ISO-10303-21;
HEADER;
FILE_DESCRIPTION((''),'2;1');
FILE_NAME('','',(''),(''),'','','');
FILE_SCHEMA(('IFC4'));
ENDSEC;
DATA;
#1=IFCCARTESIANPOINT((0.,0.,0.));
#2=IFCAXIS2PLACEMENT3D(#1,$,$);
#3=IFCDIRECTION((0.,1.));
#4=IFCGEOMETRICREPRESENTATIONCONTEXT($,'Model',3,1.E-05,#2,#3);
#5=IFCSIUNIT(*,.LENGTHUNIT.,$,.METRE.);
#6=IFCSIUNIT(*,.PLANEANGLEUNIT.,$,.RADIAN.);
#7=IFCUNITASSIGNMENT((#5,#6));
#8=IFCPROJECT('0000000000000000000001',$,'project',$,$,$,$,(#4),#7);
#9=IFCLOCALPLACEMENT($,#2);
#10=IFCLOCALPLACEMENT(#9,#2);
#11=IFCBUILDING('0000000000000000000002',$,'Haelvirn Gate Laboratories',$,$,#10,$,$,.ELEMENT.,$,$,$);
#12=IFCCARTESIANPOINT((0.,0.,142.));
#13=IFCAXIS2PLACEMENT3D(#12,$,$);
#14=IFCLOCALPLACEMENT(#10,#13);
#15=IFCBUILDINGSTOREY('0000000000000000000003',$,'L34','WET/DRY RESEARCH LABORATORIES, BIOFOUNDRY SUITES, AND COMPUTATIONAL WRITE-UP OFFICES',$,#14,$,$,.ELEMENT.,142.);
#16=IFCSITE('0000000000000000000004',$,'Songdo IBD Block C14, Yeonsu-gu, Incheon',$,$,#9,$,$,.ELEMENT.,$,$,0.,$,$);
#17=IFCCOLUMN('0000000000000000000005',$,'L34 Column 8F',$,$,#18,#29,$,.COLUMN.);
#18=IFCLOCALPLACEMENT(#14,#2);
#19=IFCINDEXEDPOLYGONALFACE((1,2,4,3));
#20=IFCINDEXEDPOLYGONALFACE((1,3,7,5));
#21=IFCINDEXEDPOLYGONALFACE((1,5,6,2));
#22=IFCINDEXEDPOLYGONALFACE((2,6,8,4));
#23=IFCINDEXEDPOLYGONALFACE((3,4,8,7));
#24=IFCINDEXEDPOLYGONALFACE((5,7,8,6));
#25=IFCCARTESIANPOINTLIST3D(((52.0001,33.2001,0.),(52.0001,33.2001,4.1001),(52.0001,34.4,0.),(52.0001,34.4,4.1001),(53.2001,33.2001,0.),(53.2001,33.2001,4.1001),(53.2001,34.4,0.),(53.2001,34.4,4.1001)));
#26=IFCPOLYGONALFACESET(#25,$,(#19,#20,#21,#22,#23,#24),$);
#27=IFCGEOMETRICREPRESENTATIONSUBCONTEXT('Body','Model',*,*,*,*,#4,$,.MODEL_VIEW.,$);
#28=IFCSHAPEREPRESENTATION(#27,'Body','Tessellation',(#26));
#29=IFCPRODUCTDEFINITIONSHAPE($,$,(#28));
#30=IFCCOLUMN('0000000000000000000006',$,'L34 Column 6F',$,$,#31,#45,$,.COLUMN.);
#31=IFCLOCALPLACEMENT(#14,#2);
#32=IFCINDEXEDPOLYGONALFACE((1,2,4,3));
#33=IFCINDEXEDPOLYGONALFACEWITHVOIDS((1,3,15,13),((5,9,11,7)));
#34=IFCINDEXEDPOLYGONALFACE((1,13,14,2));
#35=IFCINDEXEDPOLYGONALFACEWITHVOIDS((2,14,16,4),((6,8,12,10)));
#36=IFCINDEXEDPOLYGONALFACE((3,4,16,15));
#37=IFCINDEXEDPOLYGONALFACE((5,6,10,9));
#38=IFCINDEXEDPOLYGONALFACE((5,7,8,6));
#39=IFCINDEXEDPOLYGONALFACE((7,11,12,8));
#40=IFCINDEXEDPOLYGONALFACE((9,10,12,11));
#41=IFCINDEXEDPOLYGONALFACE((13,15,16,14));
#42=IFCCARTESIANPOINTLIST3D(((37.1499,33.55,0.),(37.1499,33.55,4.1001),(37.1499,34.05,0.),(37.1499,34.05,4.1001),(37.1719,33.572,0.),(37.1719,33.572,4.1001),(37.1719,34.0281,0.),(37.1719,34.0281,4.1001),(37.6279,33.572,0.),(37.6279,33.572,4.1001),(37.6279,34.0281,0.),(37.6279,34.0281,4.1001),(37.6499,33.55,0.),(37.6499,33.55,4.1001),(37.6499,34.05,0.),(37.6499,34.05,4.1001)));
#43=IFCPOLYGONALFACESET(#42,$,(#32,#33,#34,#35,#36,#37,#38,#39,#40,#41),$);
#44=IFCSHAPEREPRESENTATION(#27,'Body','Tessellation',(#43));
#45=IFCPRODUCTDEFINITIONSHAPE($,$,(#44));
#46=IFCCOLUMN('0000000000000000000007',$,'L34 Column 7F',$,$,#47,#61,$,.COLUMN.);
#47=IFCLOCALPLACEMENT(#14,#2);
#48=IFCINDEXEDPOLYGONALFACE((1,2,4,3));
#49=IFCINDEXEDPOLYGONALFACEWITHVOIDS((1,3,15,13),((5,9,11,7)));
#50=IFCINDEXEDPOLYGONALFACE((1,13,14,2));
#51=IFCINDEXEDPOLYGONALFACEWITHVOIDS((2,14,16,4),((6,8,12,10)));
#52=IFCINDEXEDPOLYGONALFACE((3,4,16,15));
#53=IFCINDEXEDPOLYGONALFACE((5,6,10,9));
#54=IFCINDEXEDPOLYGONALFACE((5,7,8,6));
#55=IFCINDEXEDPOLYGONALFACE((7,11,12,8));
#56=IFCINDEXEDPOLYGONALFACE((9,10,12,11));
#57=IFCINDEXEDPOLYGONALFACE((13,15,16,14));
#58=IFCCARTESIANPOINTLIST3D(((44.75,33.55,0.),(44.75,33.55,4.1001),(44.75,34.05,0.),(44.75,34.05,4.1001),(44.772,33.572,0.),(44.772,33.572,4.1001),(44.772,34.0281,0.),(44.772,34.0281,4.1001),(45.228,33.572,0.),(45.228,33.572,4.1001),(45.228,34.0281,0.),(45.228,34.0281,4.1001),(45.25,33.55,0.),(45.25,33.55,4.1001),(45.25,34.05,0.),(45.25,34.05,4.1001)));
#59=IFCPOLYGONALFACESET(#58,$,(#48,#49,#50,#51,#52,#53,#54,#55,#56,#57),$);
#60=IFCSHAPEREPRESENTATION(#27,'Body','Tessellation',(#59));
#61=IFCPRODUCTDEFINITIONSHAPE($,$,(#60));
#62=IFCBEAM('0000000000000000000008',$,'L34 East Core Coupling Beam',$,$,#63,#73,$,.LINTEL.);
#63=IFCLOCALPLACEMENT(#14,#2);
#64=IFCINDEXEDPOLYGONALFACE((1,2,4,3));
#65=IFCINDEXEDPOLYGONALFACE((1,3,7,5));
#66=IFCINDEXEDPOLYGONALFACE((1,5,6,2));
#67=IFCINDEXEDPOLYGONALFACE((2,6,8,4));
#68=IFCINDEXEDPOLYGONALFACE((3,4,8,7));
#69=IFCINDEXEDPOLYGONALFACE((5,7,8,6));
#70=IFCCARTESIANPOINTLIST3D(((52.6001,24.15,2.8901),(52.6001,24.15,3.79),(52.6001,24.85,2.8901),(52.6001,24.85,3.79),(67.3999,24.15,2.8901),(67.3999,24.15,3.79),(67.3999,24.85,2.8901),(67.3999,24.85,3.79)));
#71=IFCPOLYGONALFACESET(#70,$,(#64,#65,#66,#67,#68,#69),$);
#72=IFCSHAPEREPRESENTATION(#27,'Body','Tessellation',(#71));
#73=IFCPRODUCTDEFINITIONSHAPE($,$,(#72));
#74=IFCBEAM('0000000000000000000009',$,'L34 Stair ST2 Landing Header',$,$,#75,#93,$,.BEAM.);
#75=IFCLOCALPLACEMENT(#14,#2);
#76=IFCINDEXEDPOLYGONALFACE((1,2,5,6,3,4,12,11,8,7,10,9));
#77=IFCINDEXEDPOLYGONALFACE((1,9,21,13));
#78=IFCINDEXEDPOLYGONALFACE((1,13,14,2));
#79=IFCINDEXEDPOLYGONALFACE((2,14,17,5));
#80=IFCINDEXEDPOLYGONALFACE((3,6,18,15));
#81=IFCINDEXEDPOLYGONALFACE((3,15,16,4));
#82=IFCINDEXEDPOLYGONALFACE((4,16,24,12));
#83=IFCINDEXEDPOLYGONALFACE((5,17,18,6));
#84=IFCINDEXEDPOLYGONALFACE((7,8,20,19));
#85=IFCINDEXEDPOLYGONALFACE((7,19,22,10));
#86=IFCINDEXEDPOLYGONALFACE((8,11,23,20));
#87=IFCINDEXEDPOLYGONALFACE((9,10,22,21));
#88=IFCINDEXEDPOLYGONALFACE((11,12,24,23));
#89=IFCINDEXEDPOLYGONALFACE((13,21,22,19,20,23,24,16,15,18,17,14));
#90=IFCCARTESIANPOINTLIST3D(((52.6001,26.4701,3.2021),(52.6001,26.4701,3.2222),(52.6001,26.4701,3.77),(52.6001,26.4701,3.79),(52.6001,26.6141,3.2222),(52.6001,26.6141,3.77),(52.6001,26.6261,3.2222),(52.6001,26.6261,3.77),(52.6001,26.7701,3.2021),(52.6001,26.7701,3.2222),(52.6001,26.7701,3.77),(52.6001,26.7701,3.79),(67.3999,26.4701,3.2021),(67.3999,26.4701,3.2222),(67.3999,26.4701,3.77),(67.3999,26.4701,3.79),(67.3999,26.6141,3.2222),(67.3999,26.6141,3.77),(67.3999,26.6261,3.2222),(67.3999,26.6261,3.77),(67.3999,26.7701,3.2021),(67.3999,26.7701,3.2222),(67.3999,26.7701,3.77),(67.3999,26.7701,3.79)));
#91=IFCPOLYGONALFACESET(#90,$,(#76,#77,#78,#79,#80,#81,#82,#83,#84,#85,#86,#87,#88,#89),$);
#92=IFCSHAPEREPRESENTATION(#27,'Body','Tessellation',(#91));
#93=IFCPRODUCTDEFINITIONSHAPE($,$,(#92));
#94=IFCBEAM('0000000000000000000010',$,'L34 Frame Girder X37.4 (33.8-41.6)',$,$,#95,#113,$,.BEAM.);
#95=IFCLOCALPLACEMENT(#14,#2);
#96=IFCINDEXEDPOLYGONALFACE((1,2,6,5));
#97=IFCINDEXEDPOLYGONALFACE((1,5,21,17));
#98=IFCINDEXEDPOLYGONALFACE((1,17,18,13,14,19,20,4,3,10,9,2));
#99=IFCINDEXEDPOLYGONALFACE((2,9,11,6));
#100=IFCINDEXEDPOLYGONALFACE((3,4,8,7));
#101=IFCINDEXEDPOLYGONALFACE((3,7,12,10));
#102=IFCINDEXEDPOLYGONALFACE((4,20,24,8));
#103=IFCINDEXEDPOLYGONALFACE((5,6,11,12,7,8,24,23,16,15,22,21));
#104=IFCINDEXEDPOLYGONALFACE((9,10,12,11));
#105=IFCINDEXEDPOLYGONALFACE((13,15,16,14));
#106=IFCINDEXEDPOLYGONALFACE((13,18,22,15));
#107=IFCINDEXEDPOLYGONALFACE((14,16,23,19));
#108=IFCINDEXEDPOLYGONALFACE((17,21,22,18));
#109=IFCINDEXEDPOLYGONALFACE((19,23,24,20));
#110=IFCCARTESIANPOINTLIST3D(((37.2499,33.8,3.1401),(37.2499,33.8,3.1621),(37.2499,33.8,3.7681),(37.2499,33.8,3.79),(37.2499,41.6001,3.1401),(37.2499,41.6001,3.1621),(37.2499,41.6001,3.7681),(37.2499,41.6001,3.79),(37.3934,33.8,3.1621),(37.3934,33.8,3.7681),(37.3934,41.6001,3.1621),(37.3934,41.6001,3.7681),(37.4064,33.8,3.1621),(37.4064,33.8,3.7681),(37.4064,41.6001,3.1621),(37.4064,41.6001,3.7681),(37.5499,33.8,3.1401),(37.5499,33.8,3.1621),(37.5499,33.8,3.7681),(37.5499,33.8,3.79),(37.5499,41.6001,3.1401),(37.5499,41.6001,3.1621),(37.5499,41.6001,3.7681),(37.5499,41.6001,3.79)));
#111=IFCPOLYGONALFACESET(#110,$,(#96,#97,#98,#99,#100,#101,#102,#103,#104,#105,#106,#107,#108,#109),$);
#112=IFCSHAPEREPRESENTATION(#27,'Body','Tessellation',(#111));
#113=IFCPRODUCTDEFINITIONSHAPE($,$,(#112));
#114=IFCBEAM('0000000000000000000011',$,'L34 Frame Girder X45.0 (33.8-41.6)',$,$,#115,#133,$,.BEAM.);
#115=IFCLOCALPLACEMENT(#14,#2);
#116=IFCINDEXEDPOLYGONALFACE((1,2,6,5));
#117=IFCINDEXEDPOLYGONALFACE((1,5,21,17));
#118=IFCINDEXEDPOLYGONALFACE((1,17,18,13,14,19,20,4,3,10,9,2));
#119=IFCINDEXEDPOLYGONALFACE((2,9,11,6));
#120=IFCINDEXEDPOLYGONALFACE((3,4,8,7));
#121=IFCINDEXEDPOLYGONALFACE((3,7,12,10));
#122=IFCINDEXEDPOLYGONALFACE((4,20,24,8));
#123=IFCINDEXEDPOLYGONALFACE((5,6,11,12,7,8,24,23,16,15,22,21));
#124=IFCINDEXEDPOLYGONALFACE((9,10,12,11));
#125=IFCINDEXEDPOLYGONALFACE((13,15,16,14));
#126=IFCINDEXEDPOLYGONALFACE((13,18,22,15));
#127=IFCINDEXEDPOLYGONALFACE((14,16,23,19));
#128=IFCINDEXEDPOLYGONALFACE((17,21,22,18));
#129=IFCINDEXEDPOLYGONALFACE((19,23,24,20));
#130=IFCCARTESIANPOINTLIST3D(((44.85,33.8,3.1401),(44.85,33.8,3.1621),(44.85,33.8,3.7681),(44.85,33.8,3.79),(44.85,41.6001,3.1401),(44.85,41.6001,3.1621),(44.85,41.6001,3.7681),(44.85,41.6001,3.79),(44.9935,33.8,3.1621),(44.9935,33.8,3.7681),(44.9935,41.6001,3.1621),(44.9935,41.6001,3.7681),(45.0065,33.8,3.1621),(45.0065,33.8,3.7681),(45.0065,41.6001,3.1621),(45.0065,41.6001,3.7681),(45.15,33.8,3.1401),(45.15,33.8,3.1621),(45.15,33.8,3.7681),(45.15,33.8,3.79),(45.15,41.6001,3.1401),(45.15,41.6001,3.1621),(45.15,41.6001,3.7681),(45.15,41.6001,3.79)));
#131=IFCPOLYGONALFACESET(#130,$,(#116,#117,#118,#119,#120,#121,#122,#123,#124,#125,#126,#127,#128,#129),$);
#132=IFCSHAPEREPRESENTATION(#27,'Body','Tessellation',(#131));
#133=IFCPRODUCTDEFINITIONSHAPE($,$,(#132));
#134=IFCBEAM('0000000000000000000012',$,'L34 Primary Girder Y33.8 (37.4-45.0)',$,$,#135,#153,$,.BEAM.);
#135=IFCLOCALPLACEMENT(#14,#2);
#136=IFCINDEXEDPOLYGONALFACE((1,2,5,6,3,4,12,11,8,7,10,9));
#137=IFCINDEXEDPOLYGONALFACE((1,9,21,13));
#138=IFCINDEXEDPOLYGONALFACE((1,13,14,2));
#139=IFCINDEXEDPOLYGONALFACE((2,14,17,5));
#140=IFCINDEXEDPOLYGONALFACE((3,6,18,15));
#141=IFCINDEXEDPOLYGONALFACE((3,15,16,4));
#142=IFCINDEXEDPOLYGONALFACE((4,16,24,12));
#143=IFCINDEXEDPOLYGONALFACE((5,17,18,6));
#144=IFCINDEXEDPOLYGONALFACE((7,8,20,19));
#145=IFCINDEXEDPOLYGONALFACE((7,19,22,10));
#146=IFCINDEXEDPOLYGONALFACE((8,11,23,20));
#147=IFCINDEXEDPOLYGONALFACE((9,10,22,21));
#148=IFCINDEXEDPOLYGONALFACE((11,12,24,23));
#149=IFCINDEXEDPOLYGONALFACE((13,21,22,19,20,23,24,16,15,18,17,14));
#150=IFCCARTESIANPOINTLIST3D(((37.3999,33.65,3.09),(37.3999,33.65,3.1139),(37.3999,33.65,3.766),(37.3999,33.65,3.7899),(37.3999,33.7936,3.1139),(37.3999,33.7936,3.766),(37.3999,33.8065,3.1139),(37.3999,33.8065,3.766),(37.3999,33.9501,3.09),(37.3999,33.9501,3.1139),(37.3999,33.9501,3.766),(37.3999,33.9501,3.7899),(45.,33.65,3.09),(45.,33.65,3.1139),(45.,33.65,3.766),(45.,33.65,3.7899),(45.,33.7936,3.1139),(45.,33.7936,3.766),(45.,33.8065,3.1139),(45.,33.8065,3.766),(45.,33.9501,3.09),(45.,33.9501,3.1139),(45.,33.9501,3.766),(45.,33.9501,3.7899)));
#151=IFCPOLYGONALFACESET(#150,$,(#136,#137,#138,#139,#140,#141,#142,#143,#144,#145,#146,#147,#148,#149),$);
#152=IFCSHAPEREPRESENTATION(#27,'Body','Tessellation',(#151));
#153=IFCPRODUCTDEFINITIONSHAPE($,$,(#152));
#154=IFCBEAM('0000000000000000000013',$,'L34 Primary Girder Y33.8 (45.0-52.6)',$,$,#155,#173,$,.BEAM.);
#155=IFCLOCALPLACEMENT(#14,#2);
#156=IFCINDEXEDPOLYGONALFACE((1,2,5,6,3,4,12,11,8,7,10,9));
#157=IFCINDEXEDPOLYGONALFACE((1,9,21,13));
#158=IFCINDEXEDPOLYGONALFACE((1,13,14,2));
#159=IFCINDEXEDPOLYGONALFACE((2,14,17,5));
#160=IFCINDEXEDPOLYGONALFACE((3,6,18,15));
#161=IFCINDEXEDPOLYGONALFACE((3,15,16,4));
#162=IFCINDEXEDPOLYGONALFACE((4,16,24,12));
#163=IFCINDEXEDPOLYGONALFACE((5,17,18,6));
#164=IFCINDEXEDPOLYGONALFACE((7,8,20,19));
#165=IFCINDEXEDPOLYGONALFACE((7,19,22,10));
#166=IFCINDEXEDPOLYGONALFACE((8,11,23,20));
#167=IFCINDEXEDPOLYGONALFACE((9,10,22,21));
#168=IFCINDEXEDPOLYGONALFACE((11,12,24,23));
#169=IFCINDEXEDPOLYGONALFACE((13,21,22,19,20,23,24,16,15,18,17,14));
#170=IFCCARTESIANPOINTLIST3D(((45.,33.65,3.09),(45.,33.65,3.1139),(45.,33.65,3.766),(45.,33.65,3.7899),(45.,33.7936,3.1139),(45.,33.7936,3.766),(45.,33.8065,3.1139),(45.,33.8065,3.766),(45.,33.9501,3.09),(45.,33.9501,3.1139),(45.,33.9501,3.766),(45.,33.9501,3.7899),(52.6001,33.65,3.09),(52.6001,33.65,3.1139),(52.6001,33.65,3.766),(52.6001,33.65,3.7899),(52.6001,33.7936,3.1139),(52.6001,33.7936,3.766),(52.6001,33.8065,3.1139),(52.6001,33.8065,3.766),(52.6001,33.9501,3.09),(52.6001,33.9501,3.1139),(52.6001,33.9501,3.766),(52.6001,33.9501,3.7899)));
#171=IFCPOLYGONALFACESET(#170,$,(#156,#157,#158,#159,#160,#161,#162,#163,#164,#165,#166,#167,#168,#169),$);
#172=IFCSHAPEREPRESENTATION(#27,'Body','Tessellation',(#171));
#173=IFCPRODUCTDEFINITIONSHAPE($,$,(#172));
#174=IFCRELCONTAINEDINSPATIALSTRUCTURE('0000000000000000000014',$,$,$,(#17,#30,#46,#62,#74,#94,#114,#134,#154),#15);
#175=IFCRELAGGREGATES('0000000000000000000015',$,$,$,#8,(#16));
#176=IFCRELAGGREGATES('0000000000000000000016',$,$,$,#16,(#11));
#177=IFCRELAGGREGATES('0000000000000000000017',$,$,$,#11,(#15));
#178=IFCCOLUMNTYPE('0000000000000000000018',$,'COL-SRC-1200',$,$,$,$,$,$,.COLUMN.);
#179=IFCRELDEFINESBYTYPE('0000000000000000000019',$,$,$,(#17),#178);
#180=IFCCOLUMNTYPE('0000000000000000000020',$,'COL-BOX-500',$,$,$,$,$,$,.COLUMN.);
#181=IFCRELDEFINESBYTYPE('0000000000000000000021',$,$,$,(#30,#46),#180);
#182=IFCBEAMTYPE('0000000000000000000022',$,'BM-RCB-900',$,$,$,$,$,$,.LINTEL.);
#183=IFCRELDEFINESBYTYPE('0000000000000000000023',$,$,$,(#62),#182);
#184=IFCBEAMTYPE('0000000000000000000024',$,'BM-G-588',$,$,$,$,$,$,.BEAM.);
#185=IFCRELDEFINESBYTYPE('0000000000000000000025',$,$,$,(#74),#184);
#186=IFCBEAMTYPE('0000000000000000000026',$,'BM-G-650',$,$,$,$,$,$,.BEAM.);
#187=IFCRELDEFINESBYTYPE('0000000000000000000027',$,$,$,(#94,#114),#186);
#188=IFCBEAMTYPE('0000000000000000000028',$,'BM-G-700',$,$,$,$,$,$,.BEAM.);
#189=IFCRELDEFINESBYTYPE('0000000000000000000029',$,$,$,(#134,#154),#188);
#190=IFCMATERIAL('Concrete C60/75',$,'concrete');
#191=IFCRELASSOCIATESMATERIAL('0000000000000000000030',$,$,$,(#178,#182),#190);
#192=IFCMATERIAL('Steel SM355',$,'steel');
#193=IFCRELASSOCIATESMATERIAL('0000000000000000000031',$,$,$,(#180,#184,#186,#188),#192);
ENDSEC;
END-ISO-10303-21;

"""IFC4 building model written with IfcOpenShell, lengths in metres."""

from ifc_helpers import new_model, si_unit, direction, frame, origin, origin_2d, place, context, subcontext, project, spatial, rectangle, hollow_rectangle, i_section, extrude, source, transform, mapped, material, material_profile, profile_set, type_object, type_shapes, element, save


model = new_model("IFC4")

# Units and contexts
model_context = context("Model", 3, precision=1e-05, world=origin(), true_north=direction((0.0, 1.0)))
body_context = subcontext(model_context, "Body", "Model", "MODEL_VIEW")
ifc_project = project(units=[si_unit("LENGTHUNIT", "METRE"), si_unit("PLANEANGLEUNIT", "RADIAN")], contexts=[model_context])

# Site, building, storey
site_placement = place(None, origin())
site = spatial("IfcSite", under=ifc_project, at=site_placement, Name="Songdo IBD Block C14, Yeonsu-gu, Incheon", CompositionType="ELEMENT", RefElevation=0.0)
building_placement = place(site_placement, origin())
building = spatial("IfcBuilding", under=site, at=building_placement, Name="Haelvirn Gate Laboratories", CompositionType="ELEMENT")
storey_placement = place(building_placement, frame((0.0, 0.0, 142.0)))
storey = spatial("IfcBuildingStorey", under=building, at=storey_placement, Name="L34", Description="WET/DRY RESEARCH LABORATORIES, BIOFOUNDRY SUITES, AND COMPUTATIONAL WRITE-UP OFFICES", CompositionType="ELEMENT", Elevation=142.0)

# Columns
ifc_material_1 = material(Name="Concrete C60/75", Category="concrete")
ifc_material_profile_1 = material_profile(ifc_material_1, rectangle(XDim=1.2, YDim=1.2, at=origin_2d()), Name="SRC-1200x1200")
ifc_profile_set_1 = profile_set([ifc_material_profile_1], Name="Concrete C60/75")
column_type_1 = type_object("IfcColumnType", Name="COL-SRC-1200", PredefinedType="COLUMN", material=ifc_profile_set_1)
shared_shape_1 = source(origin(), body_context, "Body", "SweptSolid", [
    extrude(rectangle(XDim=1.2, YDim=1.2, at=origin_2d()), origin(), (0.0, 0.0, 1.0), 4.1001),
])
type_shapes(column_type_1, [shared_shape_1])
column_placement = place(storey_placement, frame((52.6001, 33.8, 0.0), z_axis=(0.0, 0.0, 1.0), x_axis=(1.0, 0.0, 0.0)))
element("IfcColumn", 1, at=column_placement, inside=storey, type_object=column_type_1, Name="L34 Column 8F", PredefinedType="COLUMN", context=body_context, shape_type="MappedRepresentation", body=[
    mapped(shared_shape_1, transform((0.0, 0.0, 0.0), scale=1.0)),
])
ifc_material_2 = material(Name="Steel SM355", Category="steel")
ifc_material_profile_2 = material_profile(ifc_material_2, hollow_rectangle(XDim=0.5, YDim=0.5, WallThickness=0.022, at=origin_2d()), Name="BOX-500x500x22")
ifc_profile_set_2 = profile_set([ifc_material_profile_2], Name="Steel SM355")
column_type_2 = type_object("IfcColumnType", Name="COL-BOX-500", PredefinedType="COLUMN", material=ifc_profile_set_2)
shared_shape_2 = source(origin(), body_context, "Body", "SweptSolid", [
    extrude(hollow_rectangle(XDim=0.5, YDim=0.5, WallThickness=0.022, at=origin_2d()), origin(), (0.0, 0.0, 1.0), 4.1001),
])
type_shapes(column_type_2, [shared_shape_2])
for number, where, z_axis, x_axis, name in (
    (2, (37.3999, 33.8, 0.0), (0.0, 0.0, 1.0), (1.0, 0.0, 0.0), "L34 Column 6F"),
    (3, (45.0, 33.8, 0.0), (0.0, 0.0, 1.0), (1.0, 0.0, 0.0), "L34 Column 7F"),
):
    element("IfcColumn", number, at=place(storey_placement, frame(where, z_axis=z_axis, x_axis=x_axis)), inside=storey, type_object=column_type_2, Name=name, PredefinedType="COLUMN", context=body_context, shape_type="MappedRepresentation", body=[
        mapped(shared_shape_2, transform((0.0, 0.0, 0.0), scale=1.0)),
    ])

# Beams
ifc_material_profile_3 = material_profile(ifc_material_1, rectangle(XDim=0.7, YDim=0.8999, at=origin_2d()), Name="RCB-700x900")
ifc_profile_set_3 = profile_set([ifc_material_profile_3], Name="Concrete C60/75")
beam_type_1 = type_object("IfcBeamType", Name="BM-RCB-900", PredefinedType="LINTEL", material=ifc_profile_set_3)
shared_shape_3 = source(origin(), body_context, "Body", "SweptSolid", [
    extrude(rectangle(XDim=0.7, YDim=0.8999, at=origin_2d()), origin(), (0.0, 0.0, 1.0), 14.7998),
])
type_shapes(beam_type_1, [shared_shape_3])
beam_1_placement = place(storey_placement, frame((52.6001, 24.5, 3.3401), z_axis=(1.0, 0.0, 0.0), x_axis=(0.0, 1.0, 0.0)))
element("IfcBeam", 4, at=beam_1_placement, inside=storey, type_object=beam_type_1, Name="L34 East Core Coupling Beam", PredefinedType="LINTEL", context=body_context, shape_type="MappedRepresentation", body=[
    mapped(shared_shape_3, transform((0.0, 0.0, 0.0), scale=1.0)),
])
ifc_material_profile_4 = material_profile(ifc_material_2, i_section(OverallWidth=0.3, OverallDepth=0.5879, WebThickness=0.012, FlangeThickness=0.02, at=origin_2d()), Name="H-588x300x12x20")
ifc_profile_set_4 = profile_set([ifc_material_profile_4], Name="Steel SM355")
beam_type_2 = type_object("IfcBeamType", Name="BM-G-588", PredefinedType="BEAM", material=ifc_profile_set_4)
shared_shape_4 = source(origin(), body_context, "Body", "SweptSolid", [
    extrude(i_section(OverallWidth=0.3, OverallDepth=0.5879, WebThickness=0.012, FlangeThickness=0.02, at=origin_2d()), origin(), (0.0, 0.0, 1.0), 14.7998),
])
type_shapes(beam_type_2, [shared_shape_4])
beam_2_placement = place(storey_placement, frame((52.6001, 26.6201, 3.4961), z_axis=(1.0, 0.0, 0.0), x_axis=(0.0, 1.0, 0.0)))
element("IfcBeam", 5, at=beam_2_placement, inside=storey, type_object=beam_type_2, Name="L34 Stair ST2 Landing Header", PredefinedType="BEAM", context=body_context, shape_type="MappedRepresentation", body=[
    mapped(shared_shape_4, transform((0.0, 0.0, 0.0), scale=1.0)),
])
ifc_material_profile_5 = material_profile(ifc_material_2, i_section(OverallWidth=0.3, OverallDepth=0.6499, WebThickness=0.0129, FlangeThickness=0.022, at=origin_2d()), Name="H-650x300x13x22")
ifc_profile_set_5 = profile_set([ifc_material_profile_5], Name="Steel SM355")
beam_type_3 = type_object("IfcBeamType", Name="BM-G-650", PredefinedType="BEAM", material=ifc_profile_set_5)
shared_shape_5 = source(origin(), body_context, "Body", "SweptSolid", [
    extrude(i_section(OverallWidth=0.3, OverallDepth=0.6499, WebThickness=0.0129, FlangeThickness=0.022, at=origin_2d()), origin(), (0.0, 0.0, 1.0), 7.8),
])
type_shapes(beam_type_3, [shared_shape_5])
for number, where, z_axis, x_axis, name in (
    (6, (37.3999, 33.8, 3.4651), (0.0, 1.0, 0.0), (-1.0, 0.0, 0.0), "L34 Frame Girder X37.4 (33.8-41.6)"),
    (7, (45.0, 33.8, 3.4651), (0.0, 1.0, 0.0), (-1.0, 0.0, 0.0), "L34 Frame Girder X45.0 (33.8-41.6)"),
):
    element("IfcBeam", number, at=place(storey_placement, frame(where, z_axis=z_axis, x_axis=x_axis)), inside=storey, type_object=beam_type_3, Name=name, PredefinedType="BEAM", context=body_context, shape_type="MappedRepresentation", body=[
        mapped(shared_shape_5, transform((0.0, 0.0, 0.0), scale=1.0)),
    ])
ifc_material_profile_6 = material_profile(ifc_material_2, i_section(OverallWidth=0.3, OverallDepth=0.7, WebThickness=0.0129, FlangeThickness=0.0239, at=origin_2d()), Name="H-700x300x13x24")
ifc_profile_set_6 = profile_set([ifc_material_profile_6], Name="Steel SM355")
beam_type_4 = type_object("IfcBeamType", Name="BM-G-700", PredefinedType="BEAM", material=ifc_profile_set_6)
shared_shape_6 = source(origin(), body_context, "Body", "SweptSolid", [
    extrude(i_section(OverallWidth=0.3, OverallDepth=0.7, WebThickness=0.0129, FlangeThickness=0.0239, at=origin_2d()), origin(), (0.0, 0.0, 1.0), 7.6001),
])
type_shapes(beam_type_4, [shared_shape_6])
for number, where, z_axis, x_axis, name in (
    (8, (37.3999, 33.8, 3.4399), (1.0, 0.0, 0.0), (0.0, 1.0, 0.0), "L34 Primary Girder Y33.8 (37.4-45.0)"),
    (9, (45.0, 33.8, 3.4399), (1.0, 0.0, 0.0), (0.0, 1.0, 0.0), "L34 Primary Girder Y33.8 (45.0-52.6)"),
):
    element("IfcBeam", number, at=place(storey_placement, frame(where, z_axis=z_axis, x_axis=x_axis)), inside=storey, type_object=beam_type_4, Name=name, PredefinedType="BEAM", context=body_context, shape_type="MappedRepresentation", body=[
        mapped(shared_shape_6, transform((0.0, 0.0, 0.0), scale=1.0)),
    ])

save(model, "model.ifc")
